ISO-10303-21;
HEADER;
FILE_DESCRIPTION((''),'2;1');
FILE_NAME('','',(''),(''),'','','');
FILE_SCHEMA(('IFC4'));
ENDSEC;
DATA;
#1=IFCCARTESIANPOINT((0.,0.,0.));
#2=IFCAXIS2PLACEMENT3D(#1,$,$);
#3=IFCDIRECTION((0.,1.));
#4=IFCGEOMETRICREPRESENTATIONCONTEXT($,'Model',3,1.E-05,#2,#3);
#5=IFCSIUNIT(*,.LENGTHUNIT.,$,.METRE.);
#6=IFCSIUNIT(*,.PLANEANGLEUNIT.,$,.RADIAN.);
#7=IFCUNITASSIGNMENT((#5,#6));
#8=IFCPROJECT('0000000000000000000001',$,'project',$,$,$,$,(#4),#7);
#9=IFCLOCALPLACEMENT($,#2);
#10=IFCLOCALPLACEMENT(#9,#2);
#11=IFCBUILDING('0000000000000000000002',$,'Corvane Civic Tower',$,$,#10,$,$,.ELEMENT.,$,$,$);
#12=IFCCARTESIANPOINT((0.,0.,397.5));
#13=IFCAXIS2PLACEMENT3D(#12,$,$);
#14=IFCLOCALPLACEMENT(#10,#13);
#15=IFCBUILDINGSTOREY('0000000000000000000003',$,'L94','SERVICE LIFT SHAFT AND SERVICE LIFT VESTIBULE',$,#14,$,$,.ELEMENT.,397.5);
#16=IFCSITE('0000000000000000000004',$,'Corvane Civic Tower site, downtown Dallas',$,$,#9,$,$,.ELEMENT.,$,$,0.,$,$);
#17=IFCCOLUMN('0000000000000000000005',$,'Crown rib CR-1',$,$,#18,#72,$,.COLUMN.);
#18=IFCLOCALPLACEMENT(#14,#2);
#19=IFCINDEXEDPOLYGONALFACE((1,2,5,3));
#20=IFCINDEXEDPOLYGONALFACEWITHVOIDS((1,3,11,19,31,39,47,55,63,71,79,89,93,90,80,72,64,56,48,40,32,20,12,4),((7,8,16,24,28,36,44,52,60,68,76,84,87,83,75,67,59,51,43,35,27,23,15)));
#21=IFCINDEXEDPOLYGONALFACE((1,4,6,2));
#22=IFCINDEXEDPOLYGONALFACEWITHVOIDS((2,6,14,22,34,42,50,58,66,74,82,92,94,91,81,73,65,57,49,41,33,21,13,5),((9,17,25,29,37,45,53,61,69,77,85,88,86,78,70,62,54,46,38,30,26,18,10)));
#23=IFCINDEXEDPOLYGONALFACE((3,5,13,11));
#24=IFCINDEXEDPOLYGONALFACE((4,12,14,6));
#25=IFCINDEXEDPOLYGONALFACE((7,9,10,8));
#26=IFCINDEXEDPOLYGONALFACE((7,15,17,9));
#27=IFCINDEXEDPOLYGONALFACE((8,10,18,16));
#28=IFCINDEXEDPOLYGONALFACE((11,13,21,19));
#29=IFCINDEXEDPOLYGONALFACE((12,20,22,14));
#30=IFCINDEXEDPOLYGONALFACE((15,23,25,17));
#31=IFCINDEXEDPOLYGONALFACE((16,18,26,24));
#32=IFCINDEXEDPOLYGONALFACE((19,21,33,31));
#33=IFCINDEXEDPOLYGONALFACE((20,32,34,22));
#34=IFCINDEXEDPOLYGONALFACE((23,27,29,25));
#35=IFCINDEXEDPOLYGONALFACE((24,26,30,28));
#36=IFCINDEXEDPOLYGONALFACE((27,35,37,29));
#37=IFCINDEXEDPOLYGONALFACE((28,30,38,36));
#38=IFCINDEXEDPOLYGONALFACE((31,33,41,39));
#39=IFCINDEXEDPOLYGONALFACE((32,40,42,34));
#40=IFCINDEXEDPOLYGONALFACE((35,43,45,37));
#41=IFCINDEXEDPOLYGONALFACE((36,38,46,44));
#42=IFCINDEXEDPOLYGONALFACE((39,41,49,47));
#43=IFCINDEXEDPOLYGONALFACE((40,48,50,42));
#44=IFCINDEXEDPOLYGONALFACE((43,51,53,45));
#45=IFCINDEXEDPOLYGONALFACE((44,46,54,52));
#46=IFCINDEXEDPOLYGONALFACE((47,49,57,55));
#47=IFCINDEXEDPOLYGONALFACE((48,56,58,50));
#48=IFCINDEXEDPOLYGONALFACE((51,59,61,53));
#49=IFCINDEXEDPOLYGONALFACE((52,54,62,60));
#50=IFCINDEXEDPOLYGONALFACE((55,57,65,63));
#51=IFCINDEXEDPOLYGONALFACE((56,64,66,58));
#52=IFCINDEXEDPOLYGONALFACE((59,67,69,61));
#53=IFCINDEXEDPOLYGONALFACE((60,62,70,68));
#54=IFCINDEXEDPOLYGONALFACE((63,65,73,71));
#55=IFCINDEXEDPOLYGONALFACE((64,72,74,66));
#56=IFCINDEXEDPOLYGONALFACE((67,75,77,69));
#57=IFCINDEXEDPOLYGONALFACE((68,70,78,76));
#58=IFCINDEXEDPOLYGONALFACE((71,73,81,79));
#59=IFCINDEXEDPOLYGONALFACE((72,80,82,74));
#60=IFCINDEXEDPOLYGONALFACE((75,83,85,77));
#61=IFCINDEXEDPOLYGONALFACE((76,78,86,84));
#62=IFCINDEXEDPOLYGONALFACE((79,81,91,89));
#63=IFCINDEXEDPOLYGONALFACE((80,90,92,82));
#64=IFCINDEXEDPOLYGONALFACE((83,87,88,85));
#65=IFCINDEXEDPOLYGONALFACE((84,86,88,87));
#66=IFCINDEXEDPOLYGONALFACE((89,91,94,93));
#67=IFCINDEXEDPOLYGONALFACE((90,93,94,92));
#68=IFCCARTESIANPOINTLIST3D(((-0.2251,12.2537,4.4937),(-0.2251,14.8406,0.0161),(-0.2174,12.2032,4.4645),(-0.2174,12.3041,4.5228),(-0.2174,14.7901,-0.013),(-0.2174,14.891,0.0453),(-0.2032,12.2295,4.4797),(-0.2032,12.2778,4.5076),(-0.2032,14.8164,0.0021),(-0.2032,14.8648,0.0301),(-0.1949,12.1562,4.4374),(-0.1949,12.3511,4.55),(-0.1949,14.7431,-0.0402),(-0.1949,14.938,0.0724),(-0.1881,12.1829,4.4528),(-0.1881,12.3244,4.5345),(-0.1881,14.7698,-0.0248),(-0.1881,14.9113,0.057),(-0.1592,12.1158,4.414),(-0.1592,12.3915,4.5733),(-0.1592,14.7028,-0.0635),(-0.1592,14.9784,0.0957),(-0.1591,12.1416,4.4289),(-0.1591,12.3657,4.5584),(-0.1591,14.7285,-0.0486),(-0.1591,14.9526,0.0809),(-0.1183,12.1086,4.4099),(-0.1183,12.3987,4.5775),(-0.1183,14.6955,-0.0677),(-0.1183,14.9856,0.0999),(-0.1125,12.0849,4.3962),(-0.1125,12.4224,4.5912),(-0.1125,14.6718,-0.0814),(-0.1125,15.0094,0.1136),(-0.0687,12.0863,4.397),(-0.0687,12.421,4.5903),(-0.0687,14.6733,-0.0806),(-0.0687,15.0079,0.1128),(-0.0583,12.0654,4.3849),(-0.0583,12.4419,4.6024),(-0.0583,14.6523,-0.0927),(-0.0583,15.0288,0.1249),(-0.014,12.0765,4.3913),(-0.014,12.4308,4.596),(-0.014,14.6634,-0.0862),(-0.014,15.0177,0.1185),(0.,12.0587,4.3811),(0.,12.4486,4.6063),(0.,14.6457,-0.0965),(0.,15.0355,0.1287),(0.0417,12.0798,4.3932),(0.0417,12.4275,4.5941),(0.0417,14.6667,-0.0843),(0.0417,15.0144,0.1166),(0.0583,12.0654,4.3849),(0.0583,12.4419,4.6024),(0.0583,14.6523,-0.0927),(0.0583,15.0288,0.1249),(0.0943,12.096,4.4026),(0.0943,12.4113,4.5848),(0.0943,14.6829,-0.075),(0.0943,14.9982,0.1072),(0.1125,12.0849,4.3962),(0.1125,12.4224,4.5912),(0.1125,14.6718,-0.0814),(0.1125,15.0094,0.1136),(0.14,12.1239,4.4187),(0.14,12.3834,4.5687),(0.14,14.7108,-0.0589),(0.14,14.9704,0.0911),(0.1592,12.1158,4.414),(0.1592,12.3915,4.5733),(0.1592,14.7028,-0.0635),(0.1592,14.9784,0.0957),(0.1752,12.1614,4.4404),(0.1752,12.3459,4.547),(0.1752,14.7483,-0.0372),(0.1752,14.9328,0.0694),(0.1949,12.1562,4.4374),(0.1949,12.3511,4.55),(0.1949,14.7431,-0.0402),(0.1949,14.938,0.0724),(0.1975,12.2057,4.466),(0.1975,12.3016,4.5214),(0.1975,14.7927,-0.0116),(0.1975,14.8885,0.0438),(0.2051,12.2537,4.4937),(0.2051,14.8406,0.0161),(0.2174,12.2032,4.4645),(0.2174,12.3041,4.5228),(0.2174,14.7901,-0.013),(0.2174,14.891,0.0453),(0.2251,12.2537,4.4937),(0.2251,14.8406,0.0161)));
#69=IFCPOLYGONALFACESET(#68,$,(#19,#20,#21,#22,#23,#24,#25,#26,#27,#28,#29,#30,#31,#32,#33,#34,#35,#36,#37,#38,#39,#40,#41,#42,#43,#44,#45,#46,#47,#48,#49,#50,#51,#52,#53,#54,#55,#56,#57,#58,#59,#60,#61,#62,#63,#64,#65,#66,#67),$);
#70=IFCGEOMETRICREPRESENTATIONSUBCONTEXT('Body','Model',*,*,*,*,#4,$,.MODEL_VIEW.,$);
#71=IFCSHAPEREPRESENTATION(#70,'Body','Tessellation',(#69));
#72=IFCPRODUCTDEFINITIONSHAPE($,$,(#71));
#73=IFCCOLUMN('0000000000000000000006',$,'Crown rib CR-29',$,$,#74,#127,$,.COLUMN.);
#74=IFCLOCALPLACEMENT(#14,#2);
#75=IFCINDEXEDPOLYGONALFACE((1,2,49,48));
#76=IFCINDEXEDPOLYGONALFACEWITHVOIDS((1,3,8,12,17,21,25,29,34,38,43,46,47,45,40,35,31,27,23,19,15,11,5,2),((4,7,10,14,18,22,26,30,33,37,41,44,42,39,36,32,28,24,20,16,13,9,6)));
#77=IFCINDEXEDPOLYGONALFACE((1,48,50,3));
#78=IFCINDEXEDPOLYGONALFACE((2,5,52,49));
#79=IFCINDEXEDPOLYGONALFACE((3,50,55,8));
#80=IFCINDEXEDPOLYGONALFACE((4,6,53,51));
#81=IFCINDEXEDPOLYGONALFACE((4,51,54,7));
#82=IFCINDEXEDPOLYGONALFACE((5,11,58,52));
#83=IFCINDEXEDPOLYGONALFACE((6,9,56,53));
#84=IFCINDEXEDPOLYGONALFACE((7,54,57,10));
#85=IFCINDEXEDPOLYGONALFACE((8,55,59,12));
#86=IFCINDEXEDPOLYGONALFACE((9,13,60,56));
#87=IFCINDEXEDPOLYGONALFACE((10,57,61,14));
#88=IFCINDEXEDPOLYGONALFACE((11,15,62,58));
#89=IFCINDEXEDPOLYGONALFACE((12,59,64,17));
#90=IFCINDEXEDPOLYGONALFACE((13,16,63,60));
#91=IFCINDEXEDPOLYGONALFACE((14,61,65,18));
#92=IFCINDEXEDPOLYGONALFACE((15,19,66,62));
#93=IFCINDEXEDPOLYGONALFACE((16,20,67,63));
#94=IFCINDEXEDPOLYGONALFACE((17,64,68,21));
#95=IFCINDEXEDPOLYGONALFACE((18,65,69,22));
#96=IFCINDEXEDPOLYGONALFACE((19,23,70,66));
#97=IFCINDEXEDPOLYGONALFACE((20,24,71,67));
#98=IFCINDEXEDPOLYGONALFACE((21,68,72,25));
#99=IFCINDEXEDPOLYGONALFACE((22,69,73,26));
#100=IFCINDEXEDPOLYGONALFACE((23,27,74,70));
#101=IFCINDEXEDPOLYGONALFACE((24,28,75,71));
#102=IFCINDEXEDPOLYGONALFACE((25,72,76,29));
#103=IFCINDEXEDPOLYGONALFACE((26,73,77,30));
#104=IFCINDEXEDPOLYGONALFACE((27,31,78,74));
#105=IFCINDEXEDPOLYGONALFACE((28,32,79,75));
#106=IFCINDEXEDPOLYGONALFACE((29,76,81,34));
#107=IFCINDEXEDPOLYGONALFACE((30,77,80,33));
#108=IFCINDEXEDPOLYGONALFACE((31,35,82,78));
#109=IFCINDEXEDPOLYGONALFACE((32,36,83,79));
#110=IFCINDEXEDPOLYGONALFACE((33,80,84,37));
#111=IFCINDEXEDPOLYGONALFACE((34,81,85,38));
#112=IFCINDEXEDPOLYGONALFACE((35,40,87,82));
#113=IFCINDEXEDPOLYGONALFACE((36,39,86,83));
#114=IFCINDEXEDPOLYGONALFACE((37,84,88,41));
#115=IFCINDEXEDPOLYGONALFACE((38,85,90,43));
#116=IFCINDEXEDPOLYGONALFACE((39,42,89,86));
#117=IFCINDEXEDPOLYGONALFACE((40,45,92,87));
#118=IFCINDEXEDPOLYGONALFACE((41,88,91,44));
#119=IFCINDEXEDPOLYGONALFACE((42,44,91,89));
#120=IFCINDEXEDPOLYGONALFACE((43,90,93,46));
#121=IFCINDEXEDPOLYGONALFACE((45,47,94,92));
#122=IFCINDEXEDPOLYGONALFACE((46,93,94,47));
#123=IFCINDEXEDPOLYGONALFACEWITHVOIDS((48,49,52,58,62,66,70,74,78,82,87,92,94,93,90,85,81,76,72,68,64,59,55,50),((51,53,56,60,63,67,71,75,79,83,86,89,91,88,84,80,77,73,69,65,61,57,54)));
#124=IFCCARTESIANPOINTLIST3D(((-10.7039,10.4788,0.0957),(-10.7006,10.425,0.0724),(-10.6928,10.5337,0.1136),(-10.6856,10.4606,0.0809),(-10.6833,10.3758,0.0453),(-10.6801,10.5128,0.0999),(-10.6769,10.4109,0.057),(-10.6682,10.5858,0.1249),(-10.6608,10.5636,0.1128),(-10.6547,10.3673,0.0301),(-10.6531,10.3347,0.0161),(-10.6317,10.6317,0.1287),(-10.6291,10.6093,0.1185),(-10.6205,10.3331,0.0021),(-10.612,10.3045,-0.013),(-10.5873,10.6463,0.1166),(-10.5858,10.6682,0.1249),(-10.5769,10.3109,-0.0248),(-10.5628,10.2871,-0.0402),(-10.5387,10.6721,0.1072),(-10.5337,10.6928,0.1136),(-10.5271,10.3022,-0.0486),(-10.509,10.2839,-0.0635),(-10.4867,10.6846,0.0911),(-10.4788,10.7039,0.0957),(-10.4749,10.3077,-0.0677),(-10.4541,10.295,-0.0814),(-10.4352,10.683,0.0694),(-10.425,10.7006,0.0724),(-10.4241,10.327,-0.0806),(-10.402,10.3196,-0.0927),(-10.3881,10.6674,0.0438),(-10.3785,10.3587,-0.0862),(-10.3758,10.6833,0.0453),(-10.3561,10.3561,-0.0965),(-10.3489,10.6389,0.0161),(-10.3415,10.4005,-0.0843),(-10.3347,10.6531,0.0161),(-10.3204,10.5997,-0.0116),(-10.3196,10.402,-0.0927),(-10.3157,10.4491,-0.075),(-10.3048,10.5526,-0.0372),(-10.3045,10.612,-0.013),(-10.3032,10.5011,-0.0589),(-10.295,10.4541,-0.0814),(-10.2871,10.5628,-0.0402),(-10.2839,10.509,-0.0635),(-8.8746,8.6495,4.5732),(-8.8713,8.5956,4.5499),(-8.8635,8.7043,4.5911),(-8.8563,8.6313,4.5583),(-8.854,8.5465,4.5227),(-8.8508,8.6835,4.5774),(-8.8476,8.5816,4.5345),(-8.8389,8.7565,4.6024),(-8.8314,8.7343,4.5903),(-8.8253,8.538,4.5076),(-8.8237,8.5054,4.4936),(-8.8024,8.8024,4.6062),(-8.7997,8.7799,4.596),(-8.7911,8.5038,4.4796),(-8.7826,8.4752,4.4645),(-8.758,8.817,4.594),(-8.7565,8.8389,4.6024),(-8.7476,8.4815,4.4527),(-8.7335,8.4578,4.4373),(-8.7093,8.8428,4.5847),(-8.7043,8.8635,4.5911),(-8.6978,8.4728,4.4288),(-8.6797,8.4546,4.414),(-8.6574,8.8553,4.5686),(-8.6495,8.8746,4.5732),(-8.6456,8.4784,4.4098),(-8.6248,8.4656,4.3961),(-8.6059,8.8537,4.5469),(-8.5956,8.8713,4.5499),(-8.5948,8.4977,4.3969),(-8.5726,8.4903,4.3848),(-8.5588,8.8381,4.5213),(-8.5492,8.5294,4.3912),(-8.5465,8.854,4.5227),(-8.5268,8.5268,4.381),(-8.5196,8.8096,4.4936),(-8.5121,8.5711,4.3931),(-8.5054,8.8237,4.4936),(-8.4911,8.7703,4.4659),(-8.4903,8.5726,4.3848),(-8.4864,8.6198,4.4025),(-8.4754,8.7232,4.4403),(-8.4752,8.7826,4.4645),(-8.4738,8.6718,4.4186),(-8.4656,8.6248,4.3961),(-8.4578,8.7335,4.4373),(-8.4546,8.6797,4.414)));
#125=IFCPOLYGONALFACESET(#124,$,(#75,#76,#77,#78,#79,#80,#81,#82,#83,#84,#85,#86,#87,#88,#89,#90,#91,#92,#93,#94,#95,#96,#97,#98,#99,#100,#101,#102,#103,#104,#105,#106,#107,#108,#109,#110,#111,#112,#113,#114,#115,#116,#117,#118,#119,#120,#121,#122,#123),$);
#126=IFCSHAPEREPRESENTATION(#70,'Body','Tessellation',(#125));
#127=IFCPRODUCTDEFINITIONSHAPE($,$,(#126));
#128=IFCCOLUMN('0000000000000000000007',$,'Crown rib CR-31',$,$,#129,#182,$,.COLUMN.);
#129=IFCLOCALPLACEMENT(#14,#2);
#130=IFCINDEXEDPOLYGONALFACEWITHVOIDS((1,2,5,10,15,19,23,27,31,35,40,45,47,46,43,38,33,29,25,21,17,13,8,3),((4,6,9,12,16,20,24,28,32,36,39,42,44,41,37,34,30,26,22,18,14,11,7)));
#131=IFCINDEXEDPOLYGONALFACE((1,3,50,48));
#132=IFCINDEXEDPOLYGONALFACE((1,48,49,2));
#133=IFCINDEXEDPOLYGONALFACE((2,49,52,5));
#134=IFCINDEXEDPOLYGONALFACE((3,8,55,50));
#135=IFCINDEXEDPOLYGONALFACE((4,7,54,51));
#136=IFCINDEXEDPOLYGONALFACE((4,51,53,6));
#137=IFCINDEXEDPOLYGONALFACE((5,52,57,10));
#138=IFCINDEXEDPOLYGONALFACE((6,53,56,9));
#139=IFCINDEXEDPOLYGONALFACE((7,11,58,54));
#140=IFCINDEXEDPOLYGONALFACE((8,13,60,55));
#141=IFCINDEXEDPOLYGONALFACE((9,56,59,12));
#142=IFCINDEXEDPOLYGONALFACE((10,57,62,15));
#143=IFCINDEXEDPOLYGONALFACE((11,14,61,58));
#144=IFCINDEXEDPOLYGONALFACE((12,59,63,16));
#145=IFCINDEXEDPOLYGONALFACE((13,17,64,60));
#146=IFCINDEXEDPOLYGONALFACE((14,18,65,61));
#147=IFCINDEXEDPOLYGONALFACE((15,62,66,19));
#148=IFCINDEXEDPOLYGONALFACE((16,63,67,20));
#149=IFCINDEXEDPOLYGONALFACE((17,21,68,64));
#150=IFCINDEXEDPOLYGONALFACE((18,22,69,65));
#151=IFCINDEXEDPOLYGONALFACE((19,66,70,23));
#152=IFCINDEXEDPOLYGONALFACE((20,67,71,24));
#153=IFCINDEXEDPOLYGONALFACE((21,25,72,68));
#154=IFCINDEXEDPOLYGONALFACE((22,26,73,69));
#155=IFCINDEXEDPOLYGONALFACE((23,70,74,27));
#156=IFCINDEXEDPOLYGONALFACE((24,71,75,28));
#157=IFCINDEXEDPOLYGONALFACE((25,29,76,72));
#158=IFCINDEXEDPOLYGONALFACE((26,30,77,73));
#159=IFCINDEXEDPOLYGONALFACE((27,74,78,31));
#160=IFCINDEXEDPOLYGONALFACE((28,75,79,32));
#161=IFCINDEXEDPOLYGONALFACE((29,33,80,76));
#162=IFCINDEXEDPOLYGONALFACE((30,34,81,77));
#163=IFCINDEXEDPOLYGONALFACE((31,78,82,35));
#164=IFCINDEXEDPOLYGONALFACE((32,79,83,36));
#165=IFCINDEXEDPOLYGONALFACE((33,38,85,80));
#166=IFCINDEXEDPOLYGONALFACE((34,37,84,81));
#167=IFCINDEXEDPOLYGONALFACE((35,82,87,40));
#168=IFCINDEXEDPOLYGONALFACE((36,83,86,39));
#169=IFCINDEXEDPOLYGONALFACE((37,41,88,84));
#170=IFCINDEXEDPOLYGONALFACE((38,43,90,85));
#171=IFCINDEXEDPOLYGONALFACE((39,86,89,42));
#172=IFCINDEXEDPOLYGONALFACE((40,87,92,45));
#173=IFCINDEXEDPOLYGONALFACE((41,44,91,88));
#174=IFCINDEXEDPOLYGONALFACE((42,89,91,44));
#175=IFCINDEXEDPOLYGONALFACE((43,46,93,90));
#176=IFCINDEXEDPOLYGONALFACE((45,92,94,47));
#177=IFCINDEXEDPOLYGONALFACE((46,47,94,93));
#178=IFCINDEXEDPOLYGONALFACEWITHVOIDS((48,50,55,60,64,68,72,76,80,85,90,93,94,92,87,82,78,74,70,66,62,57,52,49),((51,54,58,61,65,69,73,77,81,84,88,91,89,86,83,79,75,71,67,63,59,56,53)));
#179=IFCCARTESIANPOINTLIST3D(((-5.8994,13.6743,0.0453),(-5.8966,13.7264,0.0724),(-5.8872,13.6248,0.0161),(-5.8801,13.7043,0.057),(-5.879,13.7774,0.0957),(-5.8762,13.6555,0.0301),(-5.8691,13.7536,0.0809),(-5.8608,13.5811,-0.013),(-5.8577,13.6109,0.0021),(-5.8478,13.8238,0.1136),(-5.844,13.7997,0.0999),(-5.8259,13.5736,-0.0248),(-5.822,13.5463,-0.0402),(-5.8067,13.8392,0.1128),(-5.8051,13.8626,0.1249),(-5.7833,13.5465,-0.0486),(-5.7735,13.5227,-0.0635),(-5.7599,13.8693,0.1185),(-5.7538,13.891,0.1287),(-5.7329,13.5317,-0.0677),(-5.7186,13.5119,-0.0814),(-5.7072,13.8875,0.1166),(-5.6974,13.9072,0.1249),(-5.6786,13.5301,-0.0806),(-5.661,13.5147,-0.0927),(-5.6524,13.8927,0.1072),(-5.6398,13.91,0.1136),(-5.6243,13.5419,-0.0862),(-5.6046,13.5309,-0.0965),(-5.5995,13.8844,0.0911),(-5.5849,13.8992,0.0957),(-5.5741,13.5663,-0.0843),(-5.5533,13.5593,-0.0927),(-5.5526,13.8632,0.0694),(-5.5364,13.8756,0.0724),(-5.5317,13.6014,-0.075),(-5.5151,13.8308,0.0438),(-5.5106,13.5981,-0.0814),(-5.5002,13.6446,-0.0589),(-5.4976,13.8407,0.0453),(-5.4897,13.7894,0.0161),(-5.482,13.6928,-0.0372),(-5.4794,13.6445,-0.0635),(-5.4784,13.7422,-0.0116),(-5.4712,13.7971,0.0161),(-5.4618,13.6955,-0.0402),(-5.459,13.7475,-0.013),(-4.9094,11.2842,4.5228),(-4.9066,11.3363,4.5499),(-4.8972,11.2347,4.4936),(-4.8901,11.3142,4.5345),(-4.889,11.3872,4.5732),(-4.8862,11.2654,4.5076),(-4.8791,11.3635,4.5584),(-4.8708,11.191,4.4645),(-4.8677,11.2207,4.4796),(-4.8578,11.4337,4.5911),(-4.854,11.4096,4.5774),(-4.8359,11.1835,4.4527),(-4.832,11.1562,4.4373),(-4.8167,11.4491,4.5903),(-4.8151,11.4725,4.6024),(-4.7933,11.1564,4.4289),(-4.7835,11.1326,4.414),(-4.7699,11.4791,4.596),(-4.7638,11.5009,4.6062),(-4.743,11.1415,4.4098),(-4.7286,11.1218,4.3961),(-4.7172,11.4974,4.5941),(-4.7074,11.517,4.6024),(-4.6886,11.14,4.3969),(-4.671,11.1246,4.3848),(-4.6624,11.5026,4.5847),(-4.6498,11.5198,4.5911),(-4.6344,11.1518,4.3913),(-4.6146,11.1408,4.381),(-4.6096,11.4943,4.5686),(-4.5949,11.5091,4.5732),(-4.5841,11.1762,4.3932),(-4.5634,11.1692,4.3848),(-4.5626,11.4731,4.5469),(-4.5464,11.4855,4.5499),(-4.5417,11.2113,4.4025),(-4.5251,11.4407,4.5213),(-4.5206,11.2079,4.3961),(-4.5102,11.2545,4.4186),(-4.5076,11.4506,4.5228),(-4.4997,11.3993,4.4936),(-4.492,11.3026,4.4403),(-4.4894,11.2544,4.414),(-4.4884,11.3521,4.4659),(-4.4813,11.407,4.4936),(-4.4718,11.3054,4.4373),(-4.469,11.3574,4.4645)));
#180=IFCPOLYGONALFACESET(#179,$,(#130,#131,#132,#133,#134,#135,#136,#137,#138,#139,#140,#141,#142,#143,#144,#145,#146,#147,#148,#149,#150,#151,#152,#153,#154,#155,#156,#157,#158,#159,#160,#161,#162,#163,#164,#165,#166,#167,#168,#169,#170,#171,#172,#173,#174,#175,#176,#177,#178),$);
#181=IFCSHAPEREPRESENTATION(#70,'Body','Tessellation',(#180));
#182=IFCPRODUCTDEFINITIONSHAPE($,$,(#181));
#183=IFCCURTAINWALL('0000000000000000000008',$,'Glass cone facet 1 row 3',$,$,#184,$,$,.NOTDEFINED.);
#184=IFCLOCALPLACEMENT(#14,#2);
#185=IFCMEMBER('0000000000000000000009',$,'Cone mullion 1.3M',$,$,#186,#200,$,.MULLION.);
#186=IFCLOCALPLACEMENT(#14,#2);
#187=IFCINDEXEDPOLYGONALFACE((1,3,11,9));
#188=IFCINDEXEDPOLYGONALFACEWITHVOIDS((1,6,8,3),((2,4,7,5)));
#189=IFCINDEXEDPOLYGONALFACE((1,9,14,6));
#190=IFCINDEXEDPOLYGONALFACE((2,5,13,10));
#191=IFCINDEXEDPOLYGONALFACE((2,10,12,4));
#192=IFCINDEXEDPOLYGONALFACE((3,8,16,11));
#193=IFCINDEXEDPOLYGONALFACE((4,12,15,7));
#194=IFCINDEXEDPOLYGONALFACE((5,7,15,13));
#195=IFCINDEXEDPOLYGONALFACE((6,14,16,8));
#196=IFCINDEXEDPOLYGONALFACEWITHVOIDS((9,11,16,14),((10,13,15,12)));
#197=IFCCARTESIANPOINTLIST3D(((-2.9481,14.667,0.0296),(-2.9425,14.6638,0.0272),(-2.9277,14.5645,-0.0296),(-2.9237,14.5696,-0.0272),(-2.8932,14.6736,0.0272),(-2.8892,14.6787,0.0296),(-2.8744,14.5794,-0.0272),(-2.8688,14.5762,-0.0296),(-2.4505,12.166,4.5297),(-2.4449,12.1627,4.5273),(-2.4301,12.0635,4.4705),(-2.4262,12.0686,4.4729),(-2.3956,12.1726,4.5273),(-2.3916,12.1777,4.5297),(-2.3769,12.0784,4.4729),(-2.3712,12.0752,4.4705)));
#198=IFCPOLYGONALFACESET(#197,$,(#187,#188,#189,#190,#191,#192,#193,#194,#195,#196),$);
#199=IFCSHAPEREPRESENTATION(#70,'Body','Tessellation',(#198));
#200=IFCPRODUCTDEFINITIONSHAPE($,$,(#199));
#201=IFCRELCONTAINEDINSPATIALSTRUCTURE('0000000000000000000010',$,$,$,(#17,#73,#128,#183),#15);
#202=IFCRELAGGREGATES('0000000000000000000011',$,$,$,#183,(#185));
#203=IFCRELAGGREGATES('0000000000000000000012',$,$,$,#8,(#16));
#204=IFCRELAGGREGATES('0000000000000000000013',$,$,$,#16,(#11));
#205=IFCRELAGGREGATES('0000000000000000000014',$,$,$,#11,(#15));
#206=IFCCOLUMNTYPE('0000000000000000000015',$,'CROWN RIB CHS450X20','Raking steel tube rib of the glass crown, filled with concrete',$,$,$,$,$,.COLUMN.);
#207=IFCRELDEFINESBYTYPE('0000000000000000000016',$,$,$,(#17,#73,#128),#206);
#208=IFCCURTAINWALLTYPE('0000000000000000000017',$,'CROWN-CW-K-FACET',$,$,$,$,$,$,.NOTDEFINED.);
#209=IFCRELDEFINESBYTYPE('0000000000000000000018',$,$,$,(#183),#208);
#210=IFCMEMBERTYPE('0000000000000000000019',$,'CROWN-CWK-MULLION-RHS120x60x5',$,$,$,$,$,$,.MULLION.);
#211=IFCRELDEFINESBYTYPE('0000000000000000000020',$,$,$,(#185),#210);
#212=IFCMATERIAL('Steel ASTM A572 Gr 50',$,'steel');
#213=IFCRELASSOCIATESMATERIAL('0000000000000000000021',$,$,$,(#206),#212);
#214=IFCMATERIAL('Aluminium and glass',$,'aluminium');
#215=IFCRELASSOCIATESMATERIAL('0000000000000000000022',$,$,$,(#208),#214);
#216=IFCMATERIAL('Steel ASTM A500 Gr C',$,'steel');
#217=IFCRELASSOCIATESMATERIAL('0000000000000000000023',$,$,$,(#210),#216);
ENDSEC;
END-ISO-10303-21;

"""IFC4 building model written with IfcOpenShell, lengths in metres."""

from ifc_helpers import new_model, si_unit, direction, frame, origin, origin_2d, place, context, subcontext, project, spatial, hollow_rectangle, hollow_circle, extrude, material, material_profile, profile_set, type_object, element, aggregate, save


model = new_model("IFC4")

# Units and contexts
model_context = context("Model", 3, precision=1e-05, world=origin(), true_north=direction((0.0, 1.0)))
body_context = subcontext(model_context, "Body", "Model", "MODEL_VIEW")
ifc_project = project(units=[si_unit("LENGTHUNIT", "METRE"), si_unit("PLANEANGLEUNIT", "RADIAN")], contexts=[model_context])

# Site, building, storey
site_placement = place(None, origin())
site = spatial("IfcSite", under=ifc_project, at=site_placement, Name="Corvane Civic Tower site, downtown Dallas", CompositionType="ELEMENT", RefElevation=0.0)
building_placement = place(site_placement, origin())
building = spatial("IfcBuilding", under=site, at=building_placement, Name="Corvane Civic Tower", CompositionType="ELEMENT")
storey_placement = place(building_placement, frame((0.0, 0.0, 397.5)))
storey = spatial("IfcBuildingStorey", under=building, at=storey_placement, Name="L94", Description="SERVICE LIFT SHAFT AND SERVICE LIFT VESTIBULE", CompositionType="ELEMENT", Elevation=397.5)

# Columns
ifc_material_1 = material(Name="Steel ASTM A572 Gr 50", Category="steel")
ifc_material_profile_1 = material_profile(ifc_material_1, hollow_circle(Radius=0.2251, WallThickness=0.02, at=origin_2d()), Name="CHS450X20")
ifc_profile_set_1 = profile_set([ifc_material_profile_1], Name="Steel ASTM A572 Gr 50")
column_type = type_object("IfcColumnType", Name="CROWN RIB CHS450X20", Description="Raking steel tube rib of the glass crown, filled with concrete", PredefinedType="COLUMN", material=ifc_profile_set_1)
for number, where, z_axis, x_axis, name in (
    (1, (0.0, 14.8406, 0.0161), (0.0, -0.500262, 0.865874), (1.0, 0.0, 0.0), "Crown rib CR-1"),
    (2, (-10.4939, 10.4939, 0.0161), (0.353756, -0.353756, 0.86586), (0.707107, 0.707107, 0.0), "Crown rib CR-29"),
    (3, (-5.6792, 13.7109, 0.0161), (0.191443, -0.462203, 0.865863), (0.923885, 0.382671, 0.0), "Crown rib CR-31"),
):
    element("IfcColumn", number, at=place(storey_placement, frame(where, z_axis=z_axis, x_axis=x_axis)), inside=storey, type_object=column_type, Name=name, PredefinedType="COLUMN", context=body_context, shape_type="SweptSolid", body=[
        extrude(hollow_circle(Radius=0.2251, WallThickness=0.02, at=origin_2d()), origin(), (0.0, 0.0, 1.0), 5.1711),
    ])

# Curtain wall, member
ifc_material_2 = material(Name="Aluminium and glass", Category="aluminium")
curtain_wall_type = type_object("IfcCurtainWallType", Name="CROWN-CW-K-FACET", PredefinedType="NOTDEFINED", material=ifc_material_2)
curtain_wall_1_placement = place(storey_placement, origin())
curtain_wall_1 = element("IfcCurtainWall", 4, at=curtain_wall_1_placement, inside=storey, type_object=curtain_wall_type, Name="Glass cone facet 1 row 3", PredefinedType="NOTDEFINED")
ifc_material_3 = material(Name="Steel ASTM A500 Gr C", Category="steel")
ifc_material_profile_2 = material_profile(ifc_material_3, hollow_rectangle(XDim=0.0601, YDim=0.1201, WallThickness=0.0049, at=origin_2d()), Name="RHS 120x60x5")
ifc_profile_set_2 = profile_set([ifc_material_profile_2], Name="Steel ASTM A500 Gr C")
member_type_1 = type_object("IfcMemberType", Name="CROWN-CWK-MULLION-RHS120x60x5", PredefinedType="MULLION", material=ifc_profile_set_2)
member_1_placement = place(storey_placement, frame((-2.9084, 14.6216, 0.0), z_axis=(0.096197, -0.483535, 0.870023), x_axis=(0.980779, 0.195122, 0.0)))
member_1 = element("IfcMember", 5, at=member_1_placement, type_object=member_type_1, Name="Cone mullion 1.3M", PredefinedType="MULLION", context=body_context, shape_type="SweptSolid", body=[
    extrude(hollow_rectangle(XDim=0.0601, YDim=0.1201, WallThickness=0.0049, at=origin_2d()), origin(), (0.0, 0.0, 1.0), 5.1724),
])

aggregate(curtain_wall_1, [member_1])

save(model, "model.ifc")
